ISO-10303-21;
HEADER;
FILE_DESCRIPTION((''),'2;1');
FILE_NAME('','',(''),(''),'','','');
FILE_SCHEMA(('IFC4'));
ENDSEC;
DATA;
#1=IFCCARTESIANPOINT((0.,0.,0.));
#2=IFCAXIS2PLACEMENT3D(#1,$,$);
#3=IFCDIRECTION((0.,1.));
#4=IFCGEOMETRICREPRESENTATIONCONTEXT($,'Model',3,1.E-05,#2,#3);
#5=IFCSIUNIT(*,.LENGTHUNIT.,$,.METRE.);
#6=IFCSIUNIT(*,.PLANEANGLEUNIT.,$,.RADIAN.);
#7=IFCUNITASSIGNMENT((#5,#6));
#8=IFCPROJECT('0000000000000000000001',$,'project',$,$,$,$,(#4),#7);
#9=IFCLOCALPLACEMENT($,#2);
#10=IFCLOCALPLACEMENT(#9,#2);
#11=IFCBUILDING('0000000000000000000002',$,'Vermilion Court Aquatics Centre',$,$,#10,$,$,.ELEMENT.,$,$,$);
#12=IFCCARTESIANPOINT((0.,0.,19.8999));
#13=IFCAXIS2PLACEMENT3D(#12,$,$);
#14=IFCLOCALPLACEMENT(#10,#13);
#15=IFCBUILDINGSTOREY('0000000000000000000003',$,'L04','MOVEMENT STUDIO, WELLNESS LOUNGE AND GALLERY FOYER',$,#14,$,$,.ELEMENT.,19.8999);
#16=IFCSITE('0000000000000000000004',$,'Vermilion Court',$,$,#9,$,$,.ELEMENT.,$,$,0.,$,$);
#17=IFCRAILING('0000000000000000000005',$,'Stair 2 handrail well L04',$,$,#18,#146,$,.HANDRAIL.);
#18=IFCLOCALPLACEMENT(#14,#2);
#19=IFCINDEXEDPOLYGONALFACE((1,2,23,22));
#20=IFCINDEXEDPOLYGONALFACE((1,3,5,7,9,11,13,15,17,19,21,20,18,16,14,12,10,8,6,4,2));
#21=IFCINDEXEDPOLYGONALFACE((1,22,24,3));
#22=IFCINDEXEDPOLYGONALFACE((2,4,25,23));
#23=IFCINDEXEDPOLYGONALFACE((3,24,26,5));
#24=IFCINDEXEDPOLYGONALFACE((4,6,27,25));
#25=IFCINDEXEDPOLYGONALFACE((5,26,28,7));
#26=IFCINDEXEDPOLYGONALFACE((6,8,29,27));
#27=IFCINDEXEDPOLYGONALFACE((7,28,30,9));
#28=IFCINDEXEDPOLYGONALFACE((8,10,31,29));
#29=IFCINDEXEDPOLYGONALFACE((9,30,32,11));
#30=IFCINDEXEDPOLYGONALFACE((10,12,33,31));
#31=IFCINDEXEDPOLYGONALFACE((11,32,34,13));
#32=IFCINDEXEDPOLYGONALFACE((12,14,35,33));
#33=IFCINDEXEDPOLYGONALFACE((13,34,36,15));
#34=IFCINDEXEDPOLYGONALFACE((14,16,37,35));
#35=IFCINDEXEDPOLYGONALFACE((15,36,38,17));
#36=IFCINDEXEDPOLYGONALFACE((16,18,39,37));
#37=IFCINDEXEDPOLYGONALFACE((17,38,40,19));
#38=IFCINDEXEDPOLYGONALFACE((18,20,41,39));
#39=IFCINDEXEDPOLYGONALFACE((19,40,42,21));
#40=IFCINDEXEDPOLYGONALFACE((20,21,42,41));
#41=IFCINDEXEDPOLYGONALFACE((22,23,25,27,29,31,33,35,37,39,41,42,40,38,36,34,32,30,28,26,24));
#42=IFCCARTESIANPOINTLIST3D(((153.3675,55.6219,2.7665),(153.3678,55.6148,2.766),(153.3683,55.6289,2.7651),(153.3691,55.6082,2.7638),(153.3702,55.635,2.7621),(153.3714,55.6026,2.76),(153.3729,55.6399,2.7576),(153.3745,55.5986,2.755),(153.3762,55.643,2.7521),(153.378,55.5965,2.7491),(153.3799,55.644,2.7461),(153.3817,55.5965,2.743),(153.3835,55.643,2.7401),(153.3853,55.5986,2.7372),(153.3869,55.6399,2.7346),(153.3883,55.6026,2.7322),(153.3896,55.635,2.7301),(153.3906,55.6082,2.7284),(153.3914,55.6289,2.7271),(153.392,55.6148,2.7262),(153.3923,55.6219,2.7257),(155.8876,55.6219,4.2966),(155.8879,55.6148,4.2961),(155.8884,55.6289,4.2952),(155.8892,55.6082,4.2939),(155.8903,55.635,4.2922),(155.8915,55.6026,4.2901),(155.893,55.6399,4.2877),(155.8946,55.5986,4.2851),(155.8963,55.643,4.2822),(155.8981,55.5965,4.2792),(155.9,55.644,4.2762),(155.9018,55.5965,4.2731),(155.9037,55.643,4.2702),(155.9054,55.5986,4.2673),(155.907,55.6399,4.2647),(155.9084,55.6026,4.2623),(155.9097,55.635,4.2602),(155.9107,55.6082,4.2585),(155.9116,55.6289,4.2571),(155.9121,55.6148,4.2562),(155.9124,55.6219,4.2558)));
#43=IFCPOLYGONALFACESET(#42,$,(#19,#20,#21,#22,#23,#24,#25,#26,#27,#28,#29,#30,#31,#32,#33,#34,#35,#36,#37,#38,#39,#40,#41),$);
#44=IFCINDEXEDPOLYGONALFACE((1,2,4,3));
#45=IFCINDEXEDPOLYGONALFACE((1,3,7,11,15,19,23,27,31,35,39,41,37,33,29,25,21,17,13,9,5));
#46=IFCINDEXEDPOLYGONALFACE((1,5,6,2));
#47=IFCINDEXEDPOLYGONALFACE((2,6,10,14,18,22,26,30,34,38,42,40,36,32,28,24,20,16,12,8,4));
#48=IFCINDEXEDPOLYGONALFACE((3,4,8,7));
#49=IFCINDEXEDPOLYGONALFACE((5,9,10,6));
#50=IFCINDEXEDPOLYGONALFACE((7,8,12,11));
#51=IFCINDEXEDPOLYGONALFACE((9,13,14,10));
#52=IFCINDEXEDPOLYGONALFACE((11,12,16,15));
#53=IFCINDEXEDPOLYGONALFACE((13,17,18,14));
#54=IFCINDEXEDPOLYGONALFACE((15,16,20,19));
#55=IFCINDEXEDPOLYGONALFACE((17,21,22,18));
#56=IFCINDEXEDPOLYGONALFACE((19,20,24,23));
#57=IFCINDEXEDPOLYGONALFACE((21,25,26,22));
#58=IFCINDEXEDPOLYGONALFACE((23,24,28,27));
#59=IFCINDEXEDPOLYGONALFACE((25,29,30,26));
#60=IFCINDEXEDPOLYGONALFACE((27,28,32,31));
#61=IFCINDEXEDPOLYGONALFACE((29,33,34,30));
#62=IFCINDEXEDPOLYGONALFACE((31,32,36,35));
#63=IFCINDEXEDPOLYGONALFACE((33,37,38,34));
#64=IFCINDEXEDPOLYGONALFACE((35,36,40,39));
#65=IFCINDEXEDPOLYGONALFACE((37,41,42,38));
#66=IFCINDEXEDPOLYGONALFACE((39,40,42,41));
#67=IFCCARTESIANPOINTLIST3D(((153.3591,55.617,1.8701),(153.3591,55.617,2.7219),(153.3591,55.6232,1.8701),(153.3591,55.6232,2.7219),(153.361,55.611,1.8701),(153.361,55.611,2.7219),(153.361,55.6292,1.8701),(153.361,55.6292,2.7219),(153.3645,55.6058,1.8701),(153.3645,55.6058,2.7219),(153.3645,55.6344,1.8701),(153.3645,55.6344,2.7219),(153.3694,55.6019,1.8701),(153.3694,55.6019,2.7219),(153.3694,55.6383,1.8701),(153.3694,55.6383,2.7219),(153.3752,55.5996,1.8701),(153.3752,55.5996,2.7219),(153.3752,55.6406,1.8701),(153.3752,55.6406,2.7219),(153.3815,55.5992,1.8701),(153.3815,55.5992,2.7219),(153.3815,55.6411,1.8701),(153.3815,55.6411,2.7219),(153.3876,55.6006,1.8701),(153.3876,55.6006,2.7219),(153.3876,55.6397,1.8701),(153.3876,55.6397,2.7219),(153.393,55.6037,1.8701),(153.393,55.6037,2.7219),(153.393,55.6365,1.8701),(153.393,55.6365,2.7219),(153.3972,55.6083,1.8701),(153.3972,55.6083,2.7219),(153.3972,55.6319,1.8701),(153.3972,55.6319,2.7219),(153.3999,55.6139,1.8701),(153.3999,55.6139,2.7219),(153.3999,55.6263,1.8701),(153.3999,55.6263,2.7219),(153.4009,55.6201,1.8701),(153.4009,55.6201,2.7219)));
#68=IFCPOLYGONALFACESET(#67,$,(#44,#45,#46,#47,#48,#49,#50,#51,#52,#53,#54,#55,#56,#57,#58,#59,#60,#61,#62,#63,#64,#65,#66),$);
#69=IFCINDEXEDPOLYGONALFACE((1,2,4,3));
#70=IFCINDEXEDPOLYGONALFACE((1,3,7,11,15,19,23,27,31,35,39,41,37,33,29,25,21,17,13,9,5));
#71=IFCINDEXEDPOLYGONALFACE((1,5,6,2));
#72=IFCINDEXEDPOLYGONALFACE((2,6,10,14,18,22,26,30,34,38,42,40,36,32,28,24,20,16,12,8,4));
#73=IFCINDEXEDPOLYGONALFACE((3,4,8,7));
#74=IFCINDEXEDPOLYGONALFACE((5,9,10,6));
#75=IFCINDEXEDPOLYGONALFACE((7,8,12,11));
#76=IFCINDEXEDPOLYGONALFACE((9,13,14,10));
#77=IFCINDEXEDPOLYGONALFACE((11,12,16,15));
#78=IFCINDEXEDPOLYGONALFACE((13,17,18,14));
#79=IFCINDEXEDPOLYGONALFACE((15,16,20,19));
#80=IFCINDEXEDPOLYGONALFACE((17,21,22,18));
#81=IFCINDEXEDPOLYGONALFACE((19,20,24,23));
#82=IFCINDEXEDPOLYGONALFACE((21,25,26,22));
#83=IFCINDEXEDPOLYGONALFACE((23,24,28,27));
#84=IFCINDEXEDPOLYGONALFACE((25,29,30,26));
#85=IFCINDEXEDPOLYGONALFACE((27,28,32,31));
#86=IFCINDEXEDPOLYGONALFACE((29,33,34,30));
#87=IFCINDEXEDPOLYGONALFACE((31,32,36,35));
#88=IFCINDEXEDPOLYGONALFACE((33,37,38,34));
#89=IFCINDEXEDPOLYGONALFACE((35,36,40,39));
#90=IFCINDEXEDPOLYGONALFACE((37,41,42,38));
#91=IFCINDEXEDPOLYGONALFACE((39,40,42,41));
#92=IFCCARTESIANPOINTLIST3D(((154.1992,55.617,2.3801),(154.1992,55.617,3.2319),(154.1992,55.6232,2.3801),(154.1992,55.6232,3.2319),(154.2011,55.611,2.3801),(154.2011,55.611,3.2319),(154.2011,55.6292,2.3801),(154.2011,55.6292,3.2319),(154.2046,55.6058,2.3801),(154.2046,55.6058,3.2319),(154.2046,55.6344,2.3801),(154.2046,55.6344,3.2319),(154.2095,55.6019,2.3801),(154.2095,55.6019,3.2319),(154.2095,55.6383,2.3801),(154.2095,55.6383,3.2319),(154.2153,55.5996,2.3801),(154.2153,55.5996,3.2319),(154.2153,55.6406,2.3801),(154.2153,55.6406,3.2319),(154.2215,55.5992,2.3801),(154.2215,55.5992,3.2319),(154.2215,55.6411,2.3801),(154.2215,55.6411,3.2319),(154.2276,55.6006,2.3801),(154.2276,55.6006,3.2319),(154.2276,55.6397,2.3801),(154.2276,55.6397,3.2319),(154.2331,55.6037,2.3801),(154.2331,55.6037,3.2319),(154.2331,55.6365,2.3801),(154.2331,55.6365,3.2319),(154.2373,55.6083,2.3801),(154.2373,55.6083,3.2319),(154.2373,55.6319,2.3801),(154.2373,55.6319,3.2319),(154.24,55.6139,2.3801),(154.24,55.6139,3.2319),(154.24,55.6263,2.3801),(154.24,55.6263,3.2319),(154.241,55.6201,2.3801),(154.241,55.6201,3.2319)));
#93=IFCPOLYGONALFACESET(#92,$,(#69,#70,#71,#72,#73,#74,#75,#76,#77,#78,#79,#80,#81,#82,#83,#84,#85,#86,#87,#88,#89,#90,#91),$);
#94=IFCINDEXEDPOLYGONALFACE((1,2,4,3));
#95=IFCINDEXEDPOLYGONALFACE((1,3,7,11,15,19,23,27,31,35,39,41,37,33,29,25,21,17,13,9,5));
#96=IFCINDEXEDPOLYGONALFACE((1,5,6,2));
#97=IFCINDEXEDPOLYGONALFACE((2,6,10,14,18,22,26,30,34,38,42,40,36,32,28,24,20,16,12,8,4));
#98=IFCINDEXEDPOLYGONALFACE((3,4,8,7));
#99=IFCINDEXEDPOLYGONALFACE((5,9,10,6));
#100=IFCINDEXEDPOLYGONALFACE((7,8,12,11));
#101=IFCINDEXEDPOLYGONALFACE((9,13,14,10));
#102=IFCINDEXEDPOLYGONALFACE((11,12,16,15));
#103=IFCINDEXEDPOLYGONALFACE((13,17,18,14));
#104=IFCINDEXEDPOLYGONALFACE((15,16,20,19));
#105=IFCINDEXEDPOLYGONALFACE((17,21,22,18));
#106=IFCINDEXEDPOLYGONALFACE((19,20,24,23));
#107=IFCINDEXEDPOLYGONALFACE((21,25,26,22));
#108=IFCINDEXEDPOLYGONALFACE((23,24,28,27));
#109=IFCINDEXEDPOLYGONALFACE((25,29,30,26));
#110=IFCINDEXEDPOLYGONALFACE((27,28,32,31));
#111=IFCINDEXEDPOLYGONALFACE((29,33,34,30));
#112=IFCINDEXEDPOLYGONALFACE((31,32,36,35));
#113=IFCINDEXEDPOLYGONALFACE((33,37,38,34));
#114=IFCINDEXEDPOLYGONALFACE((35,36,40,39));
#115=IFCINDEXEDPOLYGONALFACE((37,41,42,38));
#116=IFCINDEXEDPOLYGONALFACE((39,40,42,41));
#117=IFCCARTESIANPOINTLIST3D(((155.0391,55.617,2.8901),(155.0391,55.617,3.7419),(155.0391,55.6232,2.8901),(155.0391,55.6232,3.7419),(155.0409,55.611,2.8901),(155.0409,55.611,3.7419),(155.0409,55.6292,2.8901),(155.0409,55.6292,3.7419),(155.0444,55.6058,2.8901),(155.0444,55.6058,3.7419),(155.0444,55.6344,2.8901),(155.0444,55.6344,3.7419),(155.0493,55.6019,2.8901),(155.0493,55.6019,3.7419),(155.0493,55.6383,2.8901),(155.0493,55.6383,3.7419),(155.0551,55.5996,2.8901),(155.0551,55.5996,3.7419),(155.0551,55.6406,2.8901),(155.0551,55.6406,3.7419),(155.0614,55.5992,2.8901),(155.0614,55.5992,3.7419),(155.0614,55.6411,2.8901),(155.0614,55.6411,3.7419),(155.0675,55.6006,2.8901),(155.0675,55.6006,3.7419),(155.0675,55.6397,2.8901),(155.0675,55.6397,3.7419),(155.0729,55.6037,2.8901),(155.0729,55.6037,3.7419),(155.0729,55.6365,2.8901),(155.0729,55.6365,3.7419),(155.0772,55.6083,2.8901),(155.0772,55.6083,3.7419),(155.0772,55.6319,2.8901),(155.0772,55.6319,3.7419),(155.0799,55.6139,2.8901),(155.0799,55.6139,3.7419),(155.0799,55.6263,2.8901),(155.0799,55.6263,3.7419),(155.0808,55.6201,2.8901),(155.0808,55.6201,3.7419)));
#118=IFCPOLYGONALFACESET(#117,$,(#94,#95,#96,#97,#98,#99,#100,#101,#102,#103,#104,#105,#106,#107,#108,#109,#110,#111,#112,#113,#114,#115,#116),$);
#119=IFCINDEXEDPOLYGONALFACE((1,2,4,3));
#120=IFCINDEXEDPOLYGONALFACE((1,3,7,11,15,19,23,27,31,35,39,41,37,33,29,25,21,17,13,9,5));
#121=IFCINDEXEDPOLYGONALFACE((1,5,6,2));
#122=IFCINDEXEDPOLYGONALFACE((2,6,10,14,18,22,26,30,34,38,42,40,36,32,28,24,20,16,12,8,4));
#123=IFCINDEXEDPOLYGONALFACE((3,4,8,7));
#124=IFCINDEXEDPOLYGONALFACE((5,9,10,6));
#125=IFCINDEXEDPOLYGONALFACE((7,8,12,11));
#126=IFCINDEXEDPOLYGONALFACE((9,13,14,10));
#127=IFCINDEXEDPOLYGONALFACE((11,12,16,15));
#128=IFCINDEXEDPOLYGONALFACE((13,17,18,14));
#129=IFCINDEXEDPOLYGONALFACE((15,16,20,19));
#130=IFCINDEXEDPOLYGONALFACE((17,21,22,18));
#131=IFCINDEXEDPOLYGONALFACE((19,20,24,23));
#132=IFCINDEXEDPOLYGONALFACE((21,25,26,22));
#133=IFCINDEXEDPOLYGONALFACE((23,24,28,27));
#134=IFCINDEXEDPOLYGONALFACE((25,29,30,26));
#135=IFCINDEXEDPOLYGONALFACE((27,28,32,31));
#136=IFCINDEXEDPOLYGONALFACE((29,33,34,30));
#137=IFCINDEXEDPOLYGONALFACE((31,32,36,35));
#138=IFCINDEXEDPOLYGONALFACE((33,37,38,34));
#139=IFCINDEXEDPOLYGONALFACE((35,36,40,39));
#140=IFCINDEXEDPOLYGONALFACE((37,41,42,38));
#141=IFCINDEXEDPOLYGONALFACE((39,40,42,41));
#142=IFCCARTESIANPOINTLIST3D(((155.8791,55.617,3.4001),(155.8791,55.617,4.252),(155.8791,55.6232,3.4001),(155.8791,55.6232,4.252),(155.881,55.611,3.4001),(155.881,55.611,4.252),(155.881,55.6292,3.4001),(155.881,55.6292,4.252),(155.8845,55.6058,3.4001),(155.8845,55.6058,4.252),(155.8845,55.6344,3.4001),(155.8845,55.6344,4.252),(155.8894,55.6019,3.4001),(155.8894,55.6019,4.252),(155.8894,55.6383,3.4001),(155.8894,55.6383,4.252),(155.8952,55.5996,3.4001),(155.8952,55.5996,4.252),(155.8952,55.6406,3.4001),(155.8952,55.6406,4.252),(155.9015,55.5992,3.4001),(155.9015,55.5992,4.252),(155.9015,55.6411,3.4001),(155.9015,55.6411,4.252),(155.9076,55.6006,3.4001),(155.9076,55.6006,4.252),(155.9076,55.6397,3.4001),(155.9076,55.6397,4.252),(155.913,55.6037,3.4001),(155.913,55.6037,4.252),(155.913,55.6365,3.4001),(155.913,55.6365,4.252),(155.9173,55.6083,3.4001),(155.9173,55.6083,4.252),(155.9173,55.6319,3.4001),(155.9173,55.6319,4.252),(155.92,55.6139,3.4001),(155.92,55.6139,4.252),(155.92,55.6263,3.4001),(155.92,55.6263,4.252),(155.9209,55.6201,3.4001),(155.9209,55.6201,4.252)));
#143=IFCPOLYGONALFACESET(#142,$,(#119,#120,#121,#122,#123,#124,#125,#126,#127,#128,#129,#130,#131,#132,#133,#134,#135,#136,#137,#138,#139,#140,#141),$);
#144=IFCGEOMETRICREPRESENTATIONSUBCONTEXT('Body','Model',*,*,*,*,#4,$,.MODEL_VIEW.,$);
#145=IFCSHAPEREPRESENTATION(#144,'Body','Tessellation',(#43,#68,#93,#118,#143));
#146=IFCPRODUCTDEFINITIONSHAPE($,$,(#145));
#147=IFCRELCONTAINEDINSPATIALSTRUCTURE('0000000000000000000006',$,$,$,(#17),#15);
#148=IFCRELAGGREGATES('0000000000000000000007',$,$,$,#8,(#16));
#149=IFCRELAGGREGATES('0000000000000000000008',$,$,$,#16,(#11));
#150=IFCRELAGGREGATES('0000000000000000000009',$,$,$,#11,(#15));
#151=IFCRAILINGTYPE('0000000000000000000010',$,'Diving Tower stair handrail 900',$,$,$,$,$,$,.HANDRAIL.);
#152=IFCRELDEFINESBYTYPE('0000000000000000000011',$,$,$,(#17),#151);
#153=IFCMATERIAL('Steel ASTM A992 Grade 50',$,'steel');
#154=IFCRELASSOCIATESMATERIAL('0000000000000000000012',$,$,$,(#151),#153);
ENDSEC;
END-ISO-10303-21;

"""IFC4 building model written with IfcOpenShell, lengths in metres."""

from ifc_helpers import new_model, si_unit, direction, frame, origin, origin_2d, place, context, subcontext, project, spatial, circle, extrude, material, type_object, element, save


model = new_model("IFC4")

# Units and contexts
model_context = context("Model", 3, precision=1e-05, world=origin(), true_north=direction((0.0, 1.0)))
body_context = subcontext(model_context, "Body", "Model", "MODEL_VIEW")
ifc_project = project(units=[si_unit("LENGTHUNIT", "METRE"), si_unit("PLANEANGLEUNIT", "RADIAN")], contexts=[model_context])

# Site, building, storey
site_placement = place(None, origin())
site = spatial("IfcSite", under=ifc_project, at=site_placement, Name="Vermilion Court", CompositionType="ELEMENT", RefElevation=0.0)
building_placement = place(site_placement, origin())
building = spatial("IfcBuilding", under=site, at=building_placement, Name="Vermilion Court Aquatics Centre", CompositionType="ELEMENT")
storey_placement = place(building_placement, frame((0.0, 0.0, 19.8999)))
storey = spatial("IfcBuildingStorey", under=building, at=storey_placement, Name="L04", Description="MOVEMENT STUDIO, WELLNESS LOUNGE AND GALLERY FOYER", CompositionType="ELEMENT", Elevation=19.8999)

# Railing
ifc_material_1 = material(Name="Steel ASTM A992 Grade 50", Category="steel")
railing_type = type_object("IfcRailingType", Name="Diving Tower stair handrail 900", PredefinedType="HANDRAIL", material=ifc_material_1)
for number, where, name in (
    (1, (153.3799, 55.6201, 1.8701), "Stair 2 handrail well L04"),
):
    element("IfcRailing", number, at=place(storey_placement, frame(where)), inside=storey, type_object=railing_type, Name=name, PredefinedType="HANDRAIL", context=body_context, shape_type="SweptSolid", body=[
        extrude(circle(Radius=0.0239, at=origin_2d()), frame((0.0, 0.0, 0.876), z_axis=(0.854785, 0.0, 0.518982), x_axis=(0.0, 1.0, 0.0)), (0.0, 0.0, 1.0), 2.9482),
        extrude(circle(Radius=0.021, at=origin_2d()), origin(), (0.0, 0.0, 1.0), 0.8518),
        extrude(circle(Radius=0.021, at=origin_2d()), frame((0.8401, 0.0, 0.51)), (0.0, 0.0, 1.0), 0.8518),
        extrude(circle(Radius=0.021, at=origin_2d()), frame((1.6799, 0.0, 1.02)), (0.0, 0.0, 1.0), 0.8518),
        extrude(circle(Radius=0.021, at=origin_2d()), frame((2.52, 0.0, 1.53)), (0.0, 0.0, 1.0), 0.8518),
    ])

save(model, "model.ifc")
